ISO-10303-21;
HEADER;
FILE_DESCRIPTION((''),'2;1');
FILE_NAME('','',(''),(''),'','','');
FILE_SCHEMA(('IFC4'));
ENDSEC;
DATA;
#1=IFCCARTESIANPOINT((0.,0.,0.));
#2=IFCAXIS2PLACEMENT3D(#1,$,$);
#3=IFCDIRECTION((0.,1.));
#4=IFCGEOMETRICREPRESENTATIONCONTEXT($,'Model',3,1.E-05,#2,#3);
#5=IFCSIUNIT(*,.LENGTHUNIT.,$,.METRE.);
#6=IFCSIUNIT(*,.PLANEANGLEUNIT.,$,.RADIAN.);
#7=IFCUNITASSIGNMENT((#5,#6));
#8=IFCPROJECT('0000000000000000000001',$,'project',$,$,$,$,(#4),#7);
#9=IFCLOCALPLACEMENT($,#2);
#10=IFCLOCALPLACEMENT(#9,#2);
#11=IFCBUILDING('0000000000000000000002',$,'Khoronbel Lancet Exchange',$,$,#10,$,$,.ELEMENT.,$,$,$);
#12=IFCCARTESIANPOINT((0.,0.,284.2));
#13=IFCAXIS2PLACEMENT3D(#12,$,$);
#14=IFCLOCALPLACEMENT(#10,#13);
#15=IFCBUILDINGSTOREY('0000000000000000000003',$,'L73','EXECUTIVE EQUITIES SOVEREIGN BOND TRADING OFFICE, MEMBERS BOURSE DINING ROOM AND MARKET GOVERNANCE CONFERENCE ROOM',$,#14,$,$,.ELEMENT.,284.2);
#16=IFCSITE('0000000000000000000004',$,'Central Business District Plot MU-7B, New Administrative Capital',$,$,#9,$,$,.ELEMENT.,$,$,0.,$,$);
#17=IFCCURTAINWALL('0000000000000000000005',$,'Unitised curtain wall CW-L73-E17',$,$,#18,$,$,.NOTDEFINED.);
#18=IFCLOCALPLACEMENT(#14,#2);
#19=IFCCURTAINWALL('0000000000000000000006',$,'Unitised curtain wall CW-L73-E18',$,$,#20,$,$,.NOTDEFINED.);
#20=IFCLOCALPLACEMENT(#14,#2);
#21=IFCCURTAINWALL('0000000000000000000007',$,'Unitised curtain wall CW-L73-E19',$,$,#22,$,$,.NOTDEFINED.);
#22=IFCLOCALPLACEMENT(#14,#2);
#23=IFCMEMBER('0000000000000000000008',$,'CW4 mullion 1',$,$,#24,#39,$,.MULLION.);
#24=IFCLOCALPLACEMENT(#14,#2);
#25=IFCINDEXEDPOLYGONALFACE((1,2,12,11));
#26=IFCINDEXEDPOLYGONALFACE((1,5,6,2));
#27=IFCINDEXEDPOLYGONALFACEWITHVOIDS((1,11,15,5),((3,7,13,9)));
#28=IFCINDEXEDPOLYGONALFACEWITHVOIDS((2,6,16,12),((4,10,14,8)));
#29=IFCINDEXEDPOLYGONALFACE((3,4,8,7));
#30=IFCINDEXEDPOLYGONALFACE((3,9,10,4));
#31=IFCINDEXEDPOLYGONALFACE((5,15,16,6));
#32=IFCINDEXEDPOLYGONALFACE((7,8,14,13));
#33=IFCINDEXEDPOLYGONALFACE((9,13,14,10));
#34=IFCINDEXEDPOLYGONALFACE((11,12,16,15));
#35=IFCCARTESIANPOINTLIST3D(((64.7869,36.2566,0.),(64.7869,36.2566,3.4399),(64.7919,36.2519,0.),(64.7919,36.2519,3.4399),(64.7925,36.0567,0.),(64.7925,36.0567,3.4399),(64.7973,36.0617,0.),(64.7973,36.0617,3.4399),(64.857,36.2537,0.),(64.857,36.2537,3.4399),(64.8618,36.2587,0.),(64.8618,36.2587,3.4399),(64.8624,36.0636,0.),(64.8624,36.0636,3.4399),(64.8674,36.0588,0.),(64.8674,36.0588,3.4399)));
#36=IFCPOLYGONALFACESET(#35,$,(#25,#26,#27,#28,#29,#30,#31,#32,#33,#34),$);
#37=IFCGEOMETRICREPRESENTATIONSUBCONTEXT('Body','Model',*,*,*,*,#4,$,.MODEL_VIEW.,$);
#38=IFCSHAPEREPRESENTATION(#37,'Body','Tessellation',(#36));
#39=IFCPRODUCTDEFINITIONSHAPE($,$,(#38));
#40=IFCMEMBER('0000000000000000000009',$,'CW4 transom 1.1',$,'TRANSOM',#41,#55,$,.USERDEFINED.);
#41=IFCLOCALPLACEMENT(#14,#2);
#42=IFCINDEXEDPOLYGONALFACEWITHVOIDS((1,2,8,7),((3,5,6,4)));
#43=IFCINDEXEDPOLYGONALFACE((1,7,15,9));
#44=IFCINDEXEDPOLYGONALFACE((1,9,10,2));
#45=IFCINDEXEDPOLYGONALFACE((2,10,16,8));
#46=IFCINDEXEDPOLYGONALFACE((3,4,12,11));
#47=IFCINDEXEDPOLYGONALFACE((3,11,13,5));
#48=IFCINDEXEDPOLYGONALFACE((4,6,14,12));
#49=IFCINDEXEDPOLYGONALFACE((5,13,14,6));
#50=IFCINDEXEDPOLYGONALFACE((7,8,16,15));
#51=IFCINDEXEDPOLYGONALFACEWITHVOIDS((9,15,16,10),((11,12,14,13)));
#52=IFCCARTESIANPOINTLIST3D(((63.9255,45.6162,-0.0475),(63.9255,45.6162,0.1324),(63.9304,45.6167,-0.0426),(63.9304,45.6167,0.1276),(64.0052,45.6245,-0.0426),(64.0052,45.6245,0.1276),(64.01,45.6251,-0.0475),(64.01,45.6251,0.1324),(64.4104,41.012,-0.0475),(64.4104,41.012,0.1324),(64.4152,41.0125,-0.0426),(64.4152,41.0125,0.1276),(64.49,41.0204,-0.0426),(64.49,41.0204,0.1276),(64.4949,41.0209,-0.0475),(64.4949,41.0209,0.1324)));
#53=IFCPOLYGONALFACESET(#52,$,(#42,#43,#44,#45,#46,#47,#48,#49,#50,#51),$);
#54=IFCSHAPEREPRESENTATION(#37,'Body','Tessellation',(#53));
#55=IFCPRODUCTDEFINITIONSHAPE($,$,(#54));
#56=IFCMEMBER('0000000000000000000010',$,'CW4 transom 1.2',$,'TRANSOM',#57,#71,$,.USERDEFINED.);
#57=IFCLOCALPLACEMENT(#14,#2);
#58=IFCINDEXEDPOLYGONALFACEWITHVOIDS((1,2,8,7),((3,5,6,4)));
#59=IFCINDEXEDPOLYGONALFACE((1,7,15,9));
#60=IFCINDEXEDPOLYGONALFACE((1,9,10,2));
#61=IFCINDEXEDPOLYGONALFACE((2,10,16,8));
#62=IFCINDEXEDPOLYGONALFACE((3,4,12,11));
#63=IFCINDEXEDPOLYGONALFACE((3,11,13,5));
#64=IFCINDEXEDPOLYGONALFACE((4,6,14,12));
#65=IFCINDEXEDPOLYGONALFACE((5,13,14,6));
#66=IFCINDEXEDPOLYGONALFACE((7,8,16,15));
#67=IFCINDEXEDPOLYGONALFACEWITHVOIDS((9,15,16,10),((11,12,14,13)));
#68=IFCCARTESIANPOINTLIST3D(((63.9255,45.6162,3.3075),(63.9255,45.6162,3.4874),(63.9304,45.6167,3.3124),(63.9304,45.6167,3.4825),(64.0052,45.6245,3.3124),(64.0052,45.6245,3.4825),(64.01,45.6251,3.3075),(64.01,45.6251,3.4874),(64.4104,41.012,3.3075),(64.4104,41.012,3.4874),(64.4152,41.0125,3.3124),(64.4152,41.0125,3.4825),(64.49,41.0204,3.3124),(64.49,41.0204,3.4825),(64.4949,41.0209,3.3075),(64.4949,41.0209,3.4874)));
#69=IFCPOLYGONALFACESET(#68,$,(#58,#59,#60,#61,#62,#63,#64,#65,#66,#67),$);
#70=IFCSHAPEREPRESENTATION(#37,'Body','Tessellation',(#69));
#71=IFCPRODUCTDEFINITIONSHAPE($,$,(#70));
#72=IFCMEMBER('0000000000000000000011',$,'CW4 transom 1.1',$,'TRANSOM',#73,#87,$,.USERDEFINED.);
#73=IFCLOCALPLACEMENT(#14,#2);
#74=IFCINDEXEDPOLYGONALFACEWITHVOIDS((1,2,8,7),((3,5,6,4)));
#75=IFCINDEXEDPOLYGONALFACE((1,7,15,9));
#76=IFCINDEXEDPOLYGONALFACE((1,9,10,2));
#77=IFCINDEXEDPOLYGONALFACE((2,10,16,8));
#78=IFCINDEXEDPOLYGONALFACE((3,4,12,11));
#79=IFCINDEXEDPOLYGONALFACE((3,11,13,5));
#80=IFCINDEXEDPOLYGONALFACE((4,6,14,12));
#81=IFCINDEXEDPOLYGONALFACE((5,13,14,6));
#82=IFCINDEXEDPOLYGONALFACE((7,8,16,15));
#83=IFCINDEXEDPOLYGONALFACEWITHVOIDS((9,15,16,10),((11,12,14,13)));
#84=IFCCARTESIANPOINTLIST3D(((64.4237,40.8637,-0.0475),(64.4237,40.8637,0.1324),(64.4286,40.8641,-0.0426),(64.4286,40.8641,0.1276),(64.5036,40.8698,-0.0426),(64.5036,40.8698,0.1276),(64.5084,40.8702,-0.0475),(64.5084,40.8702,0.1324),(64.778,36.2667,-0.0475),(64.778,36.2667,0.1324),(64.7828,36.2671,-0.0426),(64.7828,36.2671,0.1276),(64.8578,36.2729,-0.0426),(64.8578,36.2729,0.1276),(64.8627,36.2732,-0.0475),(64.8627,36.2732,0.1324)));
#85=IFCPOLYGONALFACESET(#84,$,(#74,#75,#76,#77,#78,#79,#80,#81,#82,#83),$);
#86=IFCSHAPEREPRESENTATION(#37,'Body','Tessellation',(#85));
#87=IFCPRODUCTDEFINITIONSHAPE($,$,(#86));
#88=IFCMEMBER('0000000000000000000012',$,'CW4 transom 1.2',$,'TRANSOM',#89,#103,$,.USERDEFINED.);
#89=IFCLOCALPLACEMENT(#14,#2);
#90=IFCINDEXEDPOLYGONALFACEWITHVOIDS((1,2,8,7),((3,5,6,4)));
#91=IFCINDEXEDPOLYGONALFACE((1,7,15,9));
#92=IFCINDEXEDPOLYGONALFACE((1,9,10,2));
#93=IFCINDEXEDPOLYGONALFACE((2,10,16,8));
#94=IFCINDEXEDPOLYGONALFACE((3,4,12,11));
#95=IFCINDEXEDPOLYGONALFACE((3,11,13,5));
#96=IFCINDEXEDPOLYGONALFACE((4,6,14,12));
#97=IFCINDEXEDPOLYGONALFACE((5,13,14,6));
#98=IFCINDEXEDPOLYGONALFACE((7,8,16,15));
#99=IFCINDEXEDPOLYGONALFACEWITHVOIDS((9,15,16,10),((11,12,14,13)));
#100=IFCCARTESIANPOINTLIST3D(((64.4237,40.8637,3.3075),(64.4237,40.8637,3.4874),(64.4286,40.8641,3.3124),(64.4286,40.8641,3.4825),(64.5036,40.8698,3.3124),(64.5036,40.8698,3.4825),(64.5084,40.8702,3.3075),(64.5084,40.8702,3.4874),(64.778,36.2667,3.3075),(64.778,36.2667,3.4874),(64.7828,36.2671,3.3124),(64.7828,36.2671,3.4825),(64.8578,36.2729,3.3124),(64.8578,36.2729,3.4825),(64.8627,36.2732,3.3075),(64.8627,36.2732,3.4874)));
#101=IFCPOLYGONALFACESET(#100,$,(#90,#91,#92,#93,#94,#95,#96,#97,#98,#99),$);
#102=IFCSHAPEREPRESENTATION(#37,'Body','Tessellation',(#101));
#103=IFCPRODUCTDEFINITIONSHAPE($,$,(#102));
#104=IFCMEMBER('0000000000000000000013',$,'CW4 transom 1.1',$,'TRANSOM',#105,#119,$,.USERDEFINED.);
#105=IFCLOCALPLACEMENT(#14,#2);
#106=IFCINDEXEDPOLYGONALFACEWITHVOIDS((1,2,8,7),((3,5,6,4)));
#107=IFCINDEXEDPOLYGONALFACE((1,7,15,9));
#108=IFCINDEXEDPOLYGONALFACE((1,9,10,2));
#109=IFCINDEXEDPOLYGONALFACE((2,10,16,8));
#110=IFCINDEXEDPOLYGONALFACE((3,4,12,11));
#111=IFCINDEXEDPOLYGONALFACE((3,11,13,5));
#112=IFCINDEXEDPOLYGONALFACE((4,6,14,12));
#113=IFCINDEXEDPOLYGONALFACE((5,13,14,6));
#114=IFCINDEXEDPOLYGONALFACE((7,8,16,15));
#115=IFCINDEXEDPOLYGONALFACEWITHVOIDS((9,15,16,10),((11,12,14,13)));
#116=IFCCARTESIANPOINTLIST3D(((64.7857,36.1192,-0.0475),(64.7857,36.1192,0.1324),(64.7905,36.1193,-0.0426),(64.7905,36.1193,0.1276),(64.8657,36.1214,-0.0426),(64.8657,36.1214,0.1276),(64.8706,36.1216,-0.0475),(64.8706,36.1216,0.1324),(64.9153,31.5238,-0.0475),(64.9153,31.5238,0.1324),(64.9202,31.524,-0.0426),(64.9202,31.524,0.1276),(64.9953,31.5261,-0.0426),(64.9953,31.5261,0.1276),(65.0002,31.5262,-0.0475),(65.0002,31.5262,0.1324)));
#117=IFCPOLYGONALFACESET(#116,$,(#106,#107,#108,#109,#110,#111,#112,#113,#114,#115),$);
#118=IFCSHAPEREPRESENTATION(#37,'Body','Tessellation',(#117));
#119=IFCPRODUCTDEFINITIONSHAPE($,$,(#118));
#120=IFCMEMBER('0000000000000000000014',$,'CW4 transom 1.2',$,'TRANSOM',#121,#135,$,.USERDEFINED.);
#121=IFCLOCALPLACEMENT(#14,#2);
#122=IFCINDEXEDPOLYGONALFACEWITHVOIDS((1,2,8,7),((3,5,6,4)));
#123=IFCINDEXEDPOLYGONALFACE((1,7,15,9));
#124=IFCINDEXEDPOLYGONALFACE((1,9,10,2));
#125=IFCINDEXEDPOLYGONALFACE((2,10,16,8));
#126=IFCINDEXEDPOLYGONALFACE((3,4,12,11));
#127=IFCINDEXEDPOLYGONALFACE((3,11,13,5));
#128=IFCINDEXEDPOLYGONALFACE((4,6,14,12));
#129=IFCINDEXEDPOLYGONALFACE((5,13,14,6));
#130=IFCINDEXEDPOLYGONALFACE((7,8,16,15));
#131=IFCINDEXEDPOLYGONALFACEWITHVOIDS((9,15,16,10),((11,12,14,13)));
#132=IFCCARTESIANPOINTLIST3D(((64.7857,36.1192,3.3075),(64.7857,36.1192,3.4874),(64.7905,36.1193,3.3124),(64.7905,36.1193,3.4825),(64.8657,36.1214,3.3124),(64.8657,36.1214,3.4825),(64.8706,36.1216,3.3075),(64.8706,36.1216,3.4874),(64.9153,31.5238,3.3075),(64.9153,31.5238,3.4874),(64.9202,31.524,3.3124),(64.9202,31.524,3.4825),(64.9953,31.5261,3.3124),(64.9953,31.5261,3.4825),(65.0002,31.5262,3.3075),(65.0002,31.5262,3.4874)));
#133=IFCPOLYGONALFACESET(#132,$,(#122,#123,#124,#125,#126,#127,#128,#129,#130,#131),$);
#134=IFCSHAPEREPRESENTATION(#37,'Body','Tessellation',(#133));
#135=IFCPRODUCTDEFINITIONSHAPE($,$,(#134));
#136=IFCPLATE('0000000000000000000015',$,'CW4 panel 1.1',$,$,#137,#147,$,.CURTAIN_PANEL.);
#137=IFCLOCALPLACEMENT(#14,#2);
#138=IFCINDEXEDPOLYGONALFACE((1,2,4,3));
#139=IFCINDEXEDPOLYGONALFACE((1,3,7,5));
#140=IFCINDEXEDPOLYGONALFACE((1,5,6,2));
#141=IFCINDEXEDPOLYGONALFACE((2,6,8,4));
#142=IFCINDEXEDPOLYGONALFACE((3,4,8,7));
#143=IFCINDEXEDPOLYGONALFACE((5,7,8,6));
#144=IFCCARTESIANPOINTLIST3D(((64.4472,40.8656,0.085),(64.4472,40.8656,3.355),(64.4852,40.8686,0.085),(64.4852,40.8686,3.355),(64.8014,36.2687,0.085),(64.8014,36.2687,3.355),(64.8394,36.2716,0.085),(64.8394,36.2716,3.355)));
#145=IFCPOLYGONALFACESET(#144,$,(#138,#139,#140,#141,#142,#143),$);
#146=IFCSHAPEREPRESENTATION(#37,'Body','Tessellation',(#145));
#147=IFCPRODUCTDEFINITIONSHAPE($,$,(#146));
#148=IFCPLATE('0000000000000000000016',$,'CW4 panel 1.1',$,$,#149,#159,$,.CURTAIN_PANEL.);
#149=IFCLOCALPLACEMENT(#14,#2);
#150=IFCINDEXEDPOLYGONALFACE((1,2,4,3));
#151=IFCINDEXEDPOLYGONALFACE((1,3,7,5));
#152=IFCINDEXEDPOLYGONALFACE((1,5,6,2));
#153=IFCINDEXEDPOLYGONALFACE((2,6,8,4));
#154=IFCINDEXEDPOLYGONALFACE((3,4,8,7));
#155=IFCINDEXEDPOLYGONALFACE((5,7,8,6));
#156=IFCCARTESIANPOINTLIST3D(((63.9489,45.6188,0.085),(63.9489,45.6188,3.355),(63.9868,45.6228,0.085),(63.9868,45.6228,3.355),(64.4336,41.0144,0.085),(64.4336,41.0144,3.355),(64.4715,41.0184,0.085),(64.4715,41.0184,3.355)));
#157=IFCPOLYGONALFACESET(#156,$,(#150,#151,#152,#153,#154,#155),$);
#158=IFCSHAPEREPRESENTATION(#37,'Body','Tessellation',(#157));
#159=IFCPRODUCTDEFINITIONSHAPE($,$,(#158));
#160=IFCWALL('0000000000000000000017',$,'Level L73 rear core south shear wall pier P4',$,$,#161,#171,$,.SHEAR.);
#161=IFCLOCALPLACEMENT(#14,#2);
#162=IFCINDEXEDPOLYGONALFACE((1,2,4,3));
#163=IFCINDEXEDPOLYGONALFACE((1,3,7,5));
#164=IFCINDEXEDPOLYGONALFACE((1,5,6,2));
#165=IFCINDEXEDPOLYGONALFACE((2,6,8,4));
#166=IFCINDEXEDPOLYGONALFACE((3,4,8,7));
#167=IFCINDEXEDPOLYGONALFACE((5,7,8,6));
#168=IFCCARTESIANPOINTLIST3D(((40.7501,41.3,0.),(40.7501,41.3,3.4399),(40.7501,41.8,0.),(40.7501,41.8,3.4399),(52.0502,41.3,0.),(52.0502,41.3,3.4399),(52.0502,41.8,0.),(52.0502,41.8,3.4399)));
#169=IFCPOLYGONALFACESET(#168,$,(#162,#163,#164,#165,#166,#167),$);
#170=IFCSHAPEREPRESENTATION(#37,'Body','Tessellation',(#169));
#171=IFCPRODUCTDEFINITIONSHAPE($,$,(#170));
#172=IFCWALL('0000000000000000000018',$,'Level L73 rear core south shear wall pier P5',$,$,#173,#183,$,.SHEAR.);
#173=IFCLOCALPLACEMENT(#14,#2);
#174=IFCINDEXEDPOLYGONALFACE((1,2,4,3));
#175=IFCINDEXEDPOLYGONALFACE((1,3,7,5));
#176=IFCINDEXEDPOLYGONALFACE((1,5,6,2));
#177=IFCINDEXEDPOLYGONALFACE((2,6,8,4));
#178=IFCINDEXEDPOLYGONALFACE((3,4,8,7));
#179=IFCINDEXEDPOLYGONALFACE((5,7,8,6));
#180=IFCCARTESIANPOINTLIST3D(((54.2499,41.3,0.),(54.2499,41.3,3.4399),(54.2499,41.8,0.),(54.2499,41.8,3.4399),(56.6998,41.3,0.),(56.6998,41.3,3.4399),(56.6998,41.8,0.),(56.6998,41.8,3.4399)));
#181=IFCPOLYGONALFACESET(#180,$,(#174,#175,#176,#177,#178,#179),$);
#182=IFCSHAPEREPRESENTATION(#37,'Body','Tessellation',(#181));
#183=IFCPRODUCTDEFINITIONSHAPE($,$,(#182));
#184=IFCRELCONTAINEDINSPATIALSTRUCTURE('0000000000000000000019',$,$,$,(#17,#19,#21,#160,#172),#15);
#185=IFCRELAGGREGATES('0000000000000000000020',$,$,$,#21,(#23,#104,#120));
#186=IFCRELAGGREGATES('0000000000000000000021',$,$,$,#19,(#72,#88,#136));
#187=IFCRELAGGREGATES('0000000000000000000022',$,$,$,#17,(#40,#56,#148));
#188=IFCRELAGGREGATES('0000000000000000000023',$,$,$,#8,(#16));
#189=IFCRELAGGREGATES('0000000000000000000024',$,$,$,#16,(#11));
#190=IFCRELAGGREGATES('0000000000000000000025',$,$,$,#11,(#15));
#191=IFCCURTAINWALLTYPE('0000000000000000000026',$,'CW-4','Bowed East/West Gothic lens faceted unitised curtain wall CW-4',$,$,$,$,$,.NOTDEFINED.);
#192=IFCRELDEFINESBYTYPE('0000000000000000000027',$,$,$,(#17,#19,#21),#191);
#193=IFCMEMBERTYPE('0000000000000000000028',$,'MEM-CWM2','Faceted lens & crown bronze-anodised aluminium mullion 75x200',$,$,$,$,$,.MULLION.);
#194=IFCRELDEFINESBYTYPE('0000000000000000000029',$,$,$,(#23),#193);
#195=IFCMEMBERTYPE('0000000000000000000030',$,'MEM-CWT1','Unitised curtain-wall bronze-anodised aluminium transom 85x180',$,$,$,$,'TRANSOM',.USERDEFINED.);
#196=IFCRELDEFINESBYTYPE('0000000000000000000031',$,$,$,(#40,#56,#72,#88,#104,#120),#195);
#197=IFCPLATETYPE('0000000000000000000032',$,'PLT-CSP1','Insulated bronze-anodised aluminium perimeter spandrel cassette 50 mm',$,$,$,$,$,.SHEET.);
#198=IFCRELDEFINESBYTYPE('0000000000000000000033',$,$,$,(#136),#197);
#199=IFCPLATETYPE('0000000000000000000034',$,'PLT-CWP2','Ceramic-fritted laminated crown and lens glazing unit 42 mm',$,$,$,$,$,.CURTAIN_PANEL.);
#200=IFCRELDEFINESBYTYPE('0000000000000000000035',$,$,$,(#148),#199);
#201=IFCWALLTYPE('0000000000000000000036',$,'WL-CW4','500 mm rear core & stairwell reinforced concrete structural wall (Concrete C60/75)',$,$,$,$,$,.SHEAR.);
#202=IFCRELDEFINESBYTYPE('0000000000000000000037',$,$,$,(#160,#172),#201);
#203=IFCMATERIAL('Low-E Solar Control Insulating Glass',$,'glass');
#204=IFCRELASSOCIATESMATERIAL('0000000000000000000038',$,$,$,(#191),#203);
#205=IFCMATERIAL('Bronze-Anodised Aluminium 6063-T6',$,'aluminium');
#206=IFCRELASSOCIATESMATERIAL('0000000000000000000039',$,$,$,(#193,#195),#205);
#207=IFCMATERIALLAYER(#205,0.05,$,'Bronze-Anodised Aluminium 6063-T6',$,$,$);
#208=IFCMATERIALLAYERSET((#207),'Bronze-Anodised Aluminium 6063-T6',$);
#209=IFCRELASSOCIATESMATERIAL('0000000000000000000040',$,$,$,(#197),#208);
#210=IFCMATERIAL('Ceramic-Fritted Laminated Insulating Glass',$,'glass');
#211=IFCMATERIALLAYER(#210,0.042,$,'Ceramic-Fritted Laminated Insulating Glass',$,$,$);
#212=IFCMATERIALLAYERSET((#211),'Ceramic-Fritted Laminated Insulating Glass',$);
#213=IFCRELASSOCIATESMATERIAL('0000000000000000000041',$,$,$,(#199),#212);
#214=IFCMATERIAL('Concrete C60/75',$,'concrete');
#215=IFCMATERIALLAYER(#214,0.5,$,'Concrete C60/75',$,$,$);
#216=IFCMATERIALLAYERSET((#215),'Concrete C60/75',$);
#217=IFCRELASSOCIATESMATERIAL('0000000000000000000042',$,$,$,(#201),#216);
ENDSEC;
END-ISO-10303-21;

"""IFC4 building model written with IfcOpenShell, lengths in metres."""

from ifc_helpers import new_model, si_unit, direction, frame, frame_2d, origin, origin_2d, place, context, subcontext, project, spatial, rectangle, hollow_rectangle, extrude, material, layer, layer_set, material_profile, profile_set, type_object, element, aggregate, save


model = new_model("IFC4")

# Units and contexts
model_context = context("Model", 3, precision=1e-05, world=origin(), true_north=direction((0.0, 1.0)))
body_context = subcontext(model_context, "Body", "Model", "MODEL_VIEW")
ifc_project = project(units=[si_unit("LENGTHUNIT", "METRE"), si_unit("PLANEANGLEUNIT", "RADIAN")], contexts=[model_context])

# Site, building, storey
site_placement = place(None, origin())
site = spatial("IfcSite", under=ifc_project, at=site_placement, Name="Central Business District Plot MU-7B, New Administrative Capital", CompositionType="ELEMENT", RefElevation=0.0)
building_placement = place(site_placement, origin())
building = spatial("IfcBuilding", under=site, at=building_placement, Name="Khoronbel Lancet Exchange", CompositionType="ELEMENT")
storey_placement = place(building_placement, frame((0.0, 0.0, 284.2)))
storey = spatial("IfcBuildingStorey", under=building, at=storey_placement, Name="L73", Description="EXECUTIVE EQUITIES SOVEREIGN BOND TRADING OFFICE, MEMBERS BOURSE DINING ROOM AND MARKET GOVERNANCE CONFERENCE ROOM", CompositionType="ELEMENT", Elevation=284.2)

# Shared definitions
ifc_material_1 = material(Name="Concrete C60/75", Category="concrete")

# Curtain walls
ifc_material_2 = material(Name="Low-E Solar Control Insulating Glass", Category="glass")
curtain_wall_type = type_object("IfcCurtainWallType", Name="CW-4", Description="Bowed East/West Gothic lens faceted unitised curtain wall CW-4", PredefinedType="NOTDEFINED", material=ifc_material_2)
curtain_wall_1_placement = place(storey_placement, origin())
curtain_wall_1 = element("IfcCurtainWall", 1, at=curtain_wall_1_placement, inside=storey, type_object=curtain_wall_type, Name="Unitised curtain wall CW-L73-E17", PredefinedType="NOTDEFINED")
ifc_material_3 = material(Name="Bronze-Anodised Aluminium 6063-T6", Category="aluminium")
ifc_material_profile_1 = material_profile(ifc_material_3, hollow_rectangle(XDim=0.075, YDim=0.2, WallThickness=0.0049, at=origin_2d()), Name="ALU MULLION 75x200")
ifc_profile_set_1 = profile_set([ifc_material_profile_1], Name="Bronze-Anodised Aluminium 6063-T6")
member_type_1 = type_object("IfcMemberType", Name="MEM-CWM2", Description="Faceted lens & crown bronze-anodised aluminium mullion 75x200", PredefinedType="MULLION", material=ifc_profile_set_1)
curtain_wall_2_placement = place(storey_placement, origin())
curtain_wall_2 = element("IfcCurtainWall", 2, at=curtain_wall_2_placement, inside=storey, type_object=curtain_wall_type, Name="Unitised curtain wall CW-L73-E18", PredefinedType="NOTDEFINED")

# Curtain wall, member
curtain_wall_3_placement = place(storey_placement, origin())
curtain_wall_3 = element("IfcCurtainWall", 3, at=curtain_wall_3_placement, inside=storey, type_object=curtain_wall_type, Name="Unitised curtain wall CW-L73-E19", PredefinedType="NOTDEFINED")
member_1_placement = place(storey_placement, frame((64.8271, 36.1577, 0.0), z_axis=(0.0, 0.0, 1.0), x_axis=(0.999602, 0.028206, 0.0)))
member_1 = element("IfcMember", 4, at=member_1_placement, type_object=member_type_1, Name="CW4 mullion 1", PredefinedType="MULLION", context=body_context, shape_type="SweptSolid", body=[
    extrude(hollow_rectangle(XDim=0.075, YDim=0.2, WallThickness=0.0049, at=origin_2d()), origin(), (0.0, 0.0, 1.0), 3.4399),
])

# Members
ifc_material_profile_2 = material_profile(ifc_material_3, hollow_rectangle(XDim=0.085, YDim=0.1799, WallThickness=0.0049, at=origin_2d()), Name="ALU TRANSOM 85x180")
ifc_profile_set_2 = profile_set([ifc_material_profile_2], Name="Bronze-Anodised Aluminium 6063-T6")
member_type_2 = type_object("IfcMemberType", Name="MEM-CWT1", Description="Unitised curtain-wall bronze-anodised aluminium transom 85x180", ElementType="TRANSOM", PredefinedType="USERDEFINED", material=ifc_profile_set_2)
member_2_placement = place(storey_placement, frame((63.9678, 45.6206, 0.0425), z_axis=(0.104729, -0.994501, 0.0), x_axis=(0.994501, 0.104729, 0.0)))
member_2 = element("IfcMember", 5, at=member_2_placement, type_object=member_type_2, Name="CW4 transom 1.1", ObjectType="TRANSOM", PredefinedType="USERDEFINED", context=body_context, shape_type="SweptSolid", body=[
    extrude(hollow_rectangle(XDim=0.085, YDim=0.1799, WallThickness=0.0049, at=origin_2d()), origin(), (0.0, 0.0, 1.0), 4.6296),
])
member_3_placement = place(storey_placement, frame((63.9678, 45.6206, 3.3975), z_axis=(0.104729, -0.994501, 0.0), x_axis=(0.994501, 0.104729, 0.0)))
member_3 = element("IfcMember", 6, at=member_3_placement, type_object=member_type_2, Name="CW4 transom 1.2", ObjectType="TRANSOM", PredefinedType="USERDEFINED", context=body_context, shape_type="SweptSolid", body=[
    extrude(hollow_rectangle(XDim=0.085, YDim=0.1799, WallThickness=0.0049, at=origin_2d()), origin(), (0.0, 0.0, 1.0), 4.6296),
])
member_4_placement = place(storey_placement, frame((64.4661, 40.8669, 0.0425), z_axis=(0.076834, -0.997044, 0.0), x_axis=(0.997044, 0.076834, 0.0)))
member_4 = element("IfcMember", 7, at=member_4_placement, type_object=member_type_2, Name="CW4 transom 1.1", ObjectType="TRANSOM", PredefinedType="USERDEFINED", context=body_context, shape_type="SweptSolid", body=[
    extrude(hollow_rectangle(XDim=0.085, YDim=0.1799, WallThickness=0.0049, at=origin_2d()), origin(), (0.0, 0.0, 1.0), 4.6106),
])
member_5_placement = place(storey_placement, frame((64.4661, 40.8669, 3.3975), z_axis=(0.076834, -0.997044, 0.0), x_axis=(0.997044, 0.076834, 0.0)))
member_5 = element("IfcMember", 8, at=member_5_placement, type_object=member_type_2, Name="CW4 transom 1.2", ObjectType="TRANSOM", PredefinedType="USERDEFINED", context=body_context, shape_type="SweptSolid", body=[
    extrude(hollow_rectangle(XDim=0.085, YDim=0.1799, WallThickness=0.0049, at=origin_2d()), origin(), (0.0, 0.0, 1.0), 4.6106),
])
member_6_placement = place(storey_placement, frame((64.8281, 36.1204, 0.0425), z_axis=(0.028199, -0.999602, 0.0), x_axis=(0.999602, 0.028199, 0.0)))
member_6 = element("IfcMember", 9, at=member_6_placement, type_object=member_type_2, Name="CW4 transom 1.1", ObjectType="TRANSOM", PredefinedType="USERDEFINED", context=body_context, shape_type="SweptSolid", body=[
    extrude(hollow_rectangle(XDim=0.085, YDim=0.1799, WallThickness=0.0049, at=origin_2d()), origin(), (0.0, 0.0, 1.0), 4.5972),
])
member_7_placement = place(storey_placement, frame((64.8281, 36.1204, 3.3975), z_axis=(0.028199, -0.999602, 0.0), x_axis=(0.999602, 0.028199, 0.0)))
member_7 = element("IfcMember", 10, at=member_7_placement, type_object=member_type_2, Name="CW4 transom 1.2", ObjectType="TRANSOM", PredefinedType="USERDEFINED", context=body_context, shape_type="SweptSolid", body=[
    extrude(hollow_rectangle(XDim=0.085, YDim=0.1799, WallThickness=0.0049, at=origin_2d()), origin(), (0.0, 0.0, 1.0), 4.5972),
])
aggregate(curtain_wall_3, [member_1, member_6, member_7])

# Plates
ifc_layer_1 = layer(ifc_material_3, 0.05, Name="Bronze-Anodised Aluminium 6063-T6")
ifc_layer_set_1 = layer_set([ifc_layer_1], Name="Bronze-Anodised Aluminium 6063-T6")
plate_type_1 = type_object("IfcPlateType", Name="PLT-CSP1", Description="Insulated bronze-anodised aluminium perimeter spandrel cassette 50 mm", PredefinedType="SHEET", material=ifc_layer_set_1)
plate_1_placement = place(storey_placement, frame((64.6433, 38.5686, 0.085), z_axis=(0.0, 0.0, 1.0), x_axis=(0.076819, -0.997045, 0.0)))
plate_1 = element("IfcPlate", 11, at=plate_1_placement, type_object=plate_type_1, Name="CW4 panel 1.1", PredefinedType="CURTAIN_PANEL", context=body_context, shape_type="SweptSolid", body=[
    extrude(rectangle(XDim=4.6106, YDim=0.0381, at=origin_2d()), origin(), (0.0, 0.0, 1.0), 3.27),
])
aggregate(curtain_wall_2, [member_4, member_5, plate_1])
ifc_material_4 = material(Name="Ceramic-Fritted Laminated Insulating Glass", Category="glass")
ifc_layer_2 = layer(ifc_material_4, 0.042, Name="Ceramic-Fritted Laminated Insulating Glass")
ifc_layer_set_2 = layer_set([ifc_layer_2], Name="Ceramic-Fritted Laminated Insulating Glass")
plate_type_2 = type_object("IfcPlateType", Name="PLT-CWP2", Description="Ceramic-fritted laminated crown and lens glazing unit 42 mm", PredefinedType="CURTAIN_PANEL", material=ifc_layer_set_2)
plate_2_placement = place(storey_placement, frame((64.2102, 43.3186, 0.085), z_axis=(0.0, 0.0, 1.0), x_axis=(0.104691, -0.994505, 0.0)))
plate_2 = element("IfcPlate", 12, at=plate_2_placement, type_object=plate_type_2, Name="CW4 panel 1.1", PredefinedType="CURTAIN_PANEL", context=body_context, shape_type="SweptSolid", body=[
    extrude(rectangle(XDim=4.6299, YDim=0.0381, at=origin_2d()), origin(), (0.0, 0.0, 1.0), 3.27),
])
aggregate(curtain_wall_1, [member_2, member_3, plate_2])

# Walls
ifc_layer_3 = layer(ifc_material_1, 0.5, Name="Concrete C60/75")
ifc_layer_set_3 = layer_set([ifc_layer_3], Name="Concrete C60/75")
wall_type_1 = type_object("IfcWallType", Name="WL-CW4", Description="500 mm rear core & stairwell reinforced concrete structural wall (Concrete C60/75)", PredefinedType="SHEAR", material=ifc_layer_set_3)
wall_1_placement = place(storey_placement, frame((52.05, 41.55, 0.0), z_axis=(0.0, 0.0, 1.0), x_axis=(-1.0, 0.0, 0.0)))
element("IfcWall", 13, at=wall_1_placement, inside=storey, type_object=wall_type_1, Name="Level L73 rear core south shear wall pier P4", PredefinedType="SHEAR", context=body_context, shape_type="SweptSolid", body=[
    extrude(rectangle(XDim=11.3, YDim=0.5, at=frame_2d((5.6499, 0.0))), origin(), (0.0, 0.0, 1.0), 3.4399),
])
wall_2_placement = place(storey_placement, frame((56.7, 41.55, 0.0), z_axis=(0.0, 0.0, 1.0), x_axis=(-1.0, 0.0, 0.0)))
element("IfcWall", 14, at=wall_2_placement, inside=storey, type_object=wall_type_1, Name="Level L73 rear core south shear wall pier P5", PredefinedType="SHEAR", context=body_context, shape_type="SweptSolid", body=[
    extrude(rectangle(XDim=2.45, YDim=0.5, at=frame_2d((1.2251, 0.0))), origin(), (0.0, 0.0, 1.0), 3.4399),
])

save(model, "model.ifc")
